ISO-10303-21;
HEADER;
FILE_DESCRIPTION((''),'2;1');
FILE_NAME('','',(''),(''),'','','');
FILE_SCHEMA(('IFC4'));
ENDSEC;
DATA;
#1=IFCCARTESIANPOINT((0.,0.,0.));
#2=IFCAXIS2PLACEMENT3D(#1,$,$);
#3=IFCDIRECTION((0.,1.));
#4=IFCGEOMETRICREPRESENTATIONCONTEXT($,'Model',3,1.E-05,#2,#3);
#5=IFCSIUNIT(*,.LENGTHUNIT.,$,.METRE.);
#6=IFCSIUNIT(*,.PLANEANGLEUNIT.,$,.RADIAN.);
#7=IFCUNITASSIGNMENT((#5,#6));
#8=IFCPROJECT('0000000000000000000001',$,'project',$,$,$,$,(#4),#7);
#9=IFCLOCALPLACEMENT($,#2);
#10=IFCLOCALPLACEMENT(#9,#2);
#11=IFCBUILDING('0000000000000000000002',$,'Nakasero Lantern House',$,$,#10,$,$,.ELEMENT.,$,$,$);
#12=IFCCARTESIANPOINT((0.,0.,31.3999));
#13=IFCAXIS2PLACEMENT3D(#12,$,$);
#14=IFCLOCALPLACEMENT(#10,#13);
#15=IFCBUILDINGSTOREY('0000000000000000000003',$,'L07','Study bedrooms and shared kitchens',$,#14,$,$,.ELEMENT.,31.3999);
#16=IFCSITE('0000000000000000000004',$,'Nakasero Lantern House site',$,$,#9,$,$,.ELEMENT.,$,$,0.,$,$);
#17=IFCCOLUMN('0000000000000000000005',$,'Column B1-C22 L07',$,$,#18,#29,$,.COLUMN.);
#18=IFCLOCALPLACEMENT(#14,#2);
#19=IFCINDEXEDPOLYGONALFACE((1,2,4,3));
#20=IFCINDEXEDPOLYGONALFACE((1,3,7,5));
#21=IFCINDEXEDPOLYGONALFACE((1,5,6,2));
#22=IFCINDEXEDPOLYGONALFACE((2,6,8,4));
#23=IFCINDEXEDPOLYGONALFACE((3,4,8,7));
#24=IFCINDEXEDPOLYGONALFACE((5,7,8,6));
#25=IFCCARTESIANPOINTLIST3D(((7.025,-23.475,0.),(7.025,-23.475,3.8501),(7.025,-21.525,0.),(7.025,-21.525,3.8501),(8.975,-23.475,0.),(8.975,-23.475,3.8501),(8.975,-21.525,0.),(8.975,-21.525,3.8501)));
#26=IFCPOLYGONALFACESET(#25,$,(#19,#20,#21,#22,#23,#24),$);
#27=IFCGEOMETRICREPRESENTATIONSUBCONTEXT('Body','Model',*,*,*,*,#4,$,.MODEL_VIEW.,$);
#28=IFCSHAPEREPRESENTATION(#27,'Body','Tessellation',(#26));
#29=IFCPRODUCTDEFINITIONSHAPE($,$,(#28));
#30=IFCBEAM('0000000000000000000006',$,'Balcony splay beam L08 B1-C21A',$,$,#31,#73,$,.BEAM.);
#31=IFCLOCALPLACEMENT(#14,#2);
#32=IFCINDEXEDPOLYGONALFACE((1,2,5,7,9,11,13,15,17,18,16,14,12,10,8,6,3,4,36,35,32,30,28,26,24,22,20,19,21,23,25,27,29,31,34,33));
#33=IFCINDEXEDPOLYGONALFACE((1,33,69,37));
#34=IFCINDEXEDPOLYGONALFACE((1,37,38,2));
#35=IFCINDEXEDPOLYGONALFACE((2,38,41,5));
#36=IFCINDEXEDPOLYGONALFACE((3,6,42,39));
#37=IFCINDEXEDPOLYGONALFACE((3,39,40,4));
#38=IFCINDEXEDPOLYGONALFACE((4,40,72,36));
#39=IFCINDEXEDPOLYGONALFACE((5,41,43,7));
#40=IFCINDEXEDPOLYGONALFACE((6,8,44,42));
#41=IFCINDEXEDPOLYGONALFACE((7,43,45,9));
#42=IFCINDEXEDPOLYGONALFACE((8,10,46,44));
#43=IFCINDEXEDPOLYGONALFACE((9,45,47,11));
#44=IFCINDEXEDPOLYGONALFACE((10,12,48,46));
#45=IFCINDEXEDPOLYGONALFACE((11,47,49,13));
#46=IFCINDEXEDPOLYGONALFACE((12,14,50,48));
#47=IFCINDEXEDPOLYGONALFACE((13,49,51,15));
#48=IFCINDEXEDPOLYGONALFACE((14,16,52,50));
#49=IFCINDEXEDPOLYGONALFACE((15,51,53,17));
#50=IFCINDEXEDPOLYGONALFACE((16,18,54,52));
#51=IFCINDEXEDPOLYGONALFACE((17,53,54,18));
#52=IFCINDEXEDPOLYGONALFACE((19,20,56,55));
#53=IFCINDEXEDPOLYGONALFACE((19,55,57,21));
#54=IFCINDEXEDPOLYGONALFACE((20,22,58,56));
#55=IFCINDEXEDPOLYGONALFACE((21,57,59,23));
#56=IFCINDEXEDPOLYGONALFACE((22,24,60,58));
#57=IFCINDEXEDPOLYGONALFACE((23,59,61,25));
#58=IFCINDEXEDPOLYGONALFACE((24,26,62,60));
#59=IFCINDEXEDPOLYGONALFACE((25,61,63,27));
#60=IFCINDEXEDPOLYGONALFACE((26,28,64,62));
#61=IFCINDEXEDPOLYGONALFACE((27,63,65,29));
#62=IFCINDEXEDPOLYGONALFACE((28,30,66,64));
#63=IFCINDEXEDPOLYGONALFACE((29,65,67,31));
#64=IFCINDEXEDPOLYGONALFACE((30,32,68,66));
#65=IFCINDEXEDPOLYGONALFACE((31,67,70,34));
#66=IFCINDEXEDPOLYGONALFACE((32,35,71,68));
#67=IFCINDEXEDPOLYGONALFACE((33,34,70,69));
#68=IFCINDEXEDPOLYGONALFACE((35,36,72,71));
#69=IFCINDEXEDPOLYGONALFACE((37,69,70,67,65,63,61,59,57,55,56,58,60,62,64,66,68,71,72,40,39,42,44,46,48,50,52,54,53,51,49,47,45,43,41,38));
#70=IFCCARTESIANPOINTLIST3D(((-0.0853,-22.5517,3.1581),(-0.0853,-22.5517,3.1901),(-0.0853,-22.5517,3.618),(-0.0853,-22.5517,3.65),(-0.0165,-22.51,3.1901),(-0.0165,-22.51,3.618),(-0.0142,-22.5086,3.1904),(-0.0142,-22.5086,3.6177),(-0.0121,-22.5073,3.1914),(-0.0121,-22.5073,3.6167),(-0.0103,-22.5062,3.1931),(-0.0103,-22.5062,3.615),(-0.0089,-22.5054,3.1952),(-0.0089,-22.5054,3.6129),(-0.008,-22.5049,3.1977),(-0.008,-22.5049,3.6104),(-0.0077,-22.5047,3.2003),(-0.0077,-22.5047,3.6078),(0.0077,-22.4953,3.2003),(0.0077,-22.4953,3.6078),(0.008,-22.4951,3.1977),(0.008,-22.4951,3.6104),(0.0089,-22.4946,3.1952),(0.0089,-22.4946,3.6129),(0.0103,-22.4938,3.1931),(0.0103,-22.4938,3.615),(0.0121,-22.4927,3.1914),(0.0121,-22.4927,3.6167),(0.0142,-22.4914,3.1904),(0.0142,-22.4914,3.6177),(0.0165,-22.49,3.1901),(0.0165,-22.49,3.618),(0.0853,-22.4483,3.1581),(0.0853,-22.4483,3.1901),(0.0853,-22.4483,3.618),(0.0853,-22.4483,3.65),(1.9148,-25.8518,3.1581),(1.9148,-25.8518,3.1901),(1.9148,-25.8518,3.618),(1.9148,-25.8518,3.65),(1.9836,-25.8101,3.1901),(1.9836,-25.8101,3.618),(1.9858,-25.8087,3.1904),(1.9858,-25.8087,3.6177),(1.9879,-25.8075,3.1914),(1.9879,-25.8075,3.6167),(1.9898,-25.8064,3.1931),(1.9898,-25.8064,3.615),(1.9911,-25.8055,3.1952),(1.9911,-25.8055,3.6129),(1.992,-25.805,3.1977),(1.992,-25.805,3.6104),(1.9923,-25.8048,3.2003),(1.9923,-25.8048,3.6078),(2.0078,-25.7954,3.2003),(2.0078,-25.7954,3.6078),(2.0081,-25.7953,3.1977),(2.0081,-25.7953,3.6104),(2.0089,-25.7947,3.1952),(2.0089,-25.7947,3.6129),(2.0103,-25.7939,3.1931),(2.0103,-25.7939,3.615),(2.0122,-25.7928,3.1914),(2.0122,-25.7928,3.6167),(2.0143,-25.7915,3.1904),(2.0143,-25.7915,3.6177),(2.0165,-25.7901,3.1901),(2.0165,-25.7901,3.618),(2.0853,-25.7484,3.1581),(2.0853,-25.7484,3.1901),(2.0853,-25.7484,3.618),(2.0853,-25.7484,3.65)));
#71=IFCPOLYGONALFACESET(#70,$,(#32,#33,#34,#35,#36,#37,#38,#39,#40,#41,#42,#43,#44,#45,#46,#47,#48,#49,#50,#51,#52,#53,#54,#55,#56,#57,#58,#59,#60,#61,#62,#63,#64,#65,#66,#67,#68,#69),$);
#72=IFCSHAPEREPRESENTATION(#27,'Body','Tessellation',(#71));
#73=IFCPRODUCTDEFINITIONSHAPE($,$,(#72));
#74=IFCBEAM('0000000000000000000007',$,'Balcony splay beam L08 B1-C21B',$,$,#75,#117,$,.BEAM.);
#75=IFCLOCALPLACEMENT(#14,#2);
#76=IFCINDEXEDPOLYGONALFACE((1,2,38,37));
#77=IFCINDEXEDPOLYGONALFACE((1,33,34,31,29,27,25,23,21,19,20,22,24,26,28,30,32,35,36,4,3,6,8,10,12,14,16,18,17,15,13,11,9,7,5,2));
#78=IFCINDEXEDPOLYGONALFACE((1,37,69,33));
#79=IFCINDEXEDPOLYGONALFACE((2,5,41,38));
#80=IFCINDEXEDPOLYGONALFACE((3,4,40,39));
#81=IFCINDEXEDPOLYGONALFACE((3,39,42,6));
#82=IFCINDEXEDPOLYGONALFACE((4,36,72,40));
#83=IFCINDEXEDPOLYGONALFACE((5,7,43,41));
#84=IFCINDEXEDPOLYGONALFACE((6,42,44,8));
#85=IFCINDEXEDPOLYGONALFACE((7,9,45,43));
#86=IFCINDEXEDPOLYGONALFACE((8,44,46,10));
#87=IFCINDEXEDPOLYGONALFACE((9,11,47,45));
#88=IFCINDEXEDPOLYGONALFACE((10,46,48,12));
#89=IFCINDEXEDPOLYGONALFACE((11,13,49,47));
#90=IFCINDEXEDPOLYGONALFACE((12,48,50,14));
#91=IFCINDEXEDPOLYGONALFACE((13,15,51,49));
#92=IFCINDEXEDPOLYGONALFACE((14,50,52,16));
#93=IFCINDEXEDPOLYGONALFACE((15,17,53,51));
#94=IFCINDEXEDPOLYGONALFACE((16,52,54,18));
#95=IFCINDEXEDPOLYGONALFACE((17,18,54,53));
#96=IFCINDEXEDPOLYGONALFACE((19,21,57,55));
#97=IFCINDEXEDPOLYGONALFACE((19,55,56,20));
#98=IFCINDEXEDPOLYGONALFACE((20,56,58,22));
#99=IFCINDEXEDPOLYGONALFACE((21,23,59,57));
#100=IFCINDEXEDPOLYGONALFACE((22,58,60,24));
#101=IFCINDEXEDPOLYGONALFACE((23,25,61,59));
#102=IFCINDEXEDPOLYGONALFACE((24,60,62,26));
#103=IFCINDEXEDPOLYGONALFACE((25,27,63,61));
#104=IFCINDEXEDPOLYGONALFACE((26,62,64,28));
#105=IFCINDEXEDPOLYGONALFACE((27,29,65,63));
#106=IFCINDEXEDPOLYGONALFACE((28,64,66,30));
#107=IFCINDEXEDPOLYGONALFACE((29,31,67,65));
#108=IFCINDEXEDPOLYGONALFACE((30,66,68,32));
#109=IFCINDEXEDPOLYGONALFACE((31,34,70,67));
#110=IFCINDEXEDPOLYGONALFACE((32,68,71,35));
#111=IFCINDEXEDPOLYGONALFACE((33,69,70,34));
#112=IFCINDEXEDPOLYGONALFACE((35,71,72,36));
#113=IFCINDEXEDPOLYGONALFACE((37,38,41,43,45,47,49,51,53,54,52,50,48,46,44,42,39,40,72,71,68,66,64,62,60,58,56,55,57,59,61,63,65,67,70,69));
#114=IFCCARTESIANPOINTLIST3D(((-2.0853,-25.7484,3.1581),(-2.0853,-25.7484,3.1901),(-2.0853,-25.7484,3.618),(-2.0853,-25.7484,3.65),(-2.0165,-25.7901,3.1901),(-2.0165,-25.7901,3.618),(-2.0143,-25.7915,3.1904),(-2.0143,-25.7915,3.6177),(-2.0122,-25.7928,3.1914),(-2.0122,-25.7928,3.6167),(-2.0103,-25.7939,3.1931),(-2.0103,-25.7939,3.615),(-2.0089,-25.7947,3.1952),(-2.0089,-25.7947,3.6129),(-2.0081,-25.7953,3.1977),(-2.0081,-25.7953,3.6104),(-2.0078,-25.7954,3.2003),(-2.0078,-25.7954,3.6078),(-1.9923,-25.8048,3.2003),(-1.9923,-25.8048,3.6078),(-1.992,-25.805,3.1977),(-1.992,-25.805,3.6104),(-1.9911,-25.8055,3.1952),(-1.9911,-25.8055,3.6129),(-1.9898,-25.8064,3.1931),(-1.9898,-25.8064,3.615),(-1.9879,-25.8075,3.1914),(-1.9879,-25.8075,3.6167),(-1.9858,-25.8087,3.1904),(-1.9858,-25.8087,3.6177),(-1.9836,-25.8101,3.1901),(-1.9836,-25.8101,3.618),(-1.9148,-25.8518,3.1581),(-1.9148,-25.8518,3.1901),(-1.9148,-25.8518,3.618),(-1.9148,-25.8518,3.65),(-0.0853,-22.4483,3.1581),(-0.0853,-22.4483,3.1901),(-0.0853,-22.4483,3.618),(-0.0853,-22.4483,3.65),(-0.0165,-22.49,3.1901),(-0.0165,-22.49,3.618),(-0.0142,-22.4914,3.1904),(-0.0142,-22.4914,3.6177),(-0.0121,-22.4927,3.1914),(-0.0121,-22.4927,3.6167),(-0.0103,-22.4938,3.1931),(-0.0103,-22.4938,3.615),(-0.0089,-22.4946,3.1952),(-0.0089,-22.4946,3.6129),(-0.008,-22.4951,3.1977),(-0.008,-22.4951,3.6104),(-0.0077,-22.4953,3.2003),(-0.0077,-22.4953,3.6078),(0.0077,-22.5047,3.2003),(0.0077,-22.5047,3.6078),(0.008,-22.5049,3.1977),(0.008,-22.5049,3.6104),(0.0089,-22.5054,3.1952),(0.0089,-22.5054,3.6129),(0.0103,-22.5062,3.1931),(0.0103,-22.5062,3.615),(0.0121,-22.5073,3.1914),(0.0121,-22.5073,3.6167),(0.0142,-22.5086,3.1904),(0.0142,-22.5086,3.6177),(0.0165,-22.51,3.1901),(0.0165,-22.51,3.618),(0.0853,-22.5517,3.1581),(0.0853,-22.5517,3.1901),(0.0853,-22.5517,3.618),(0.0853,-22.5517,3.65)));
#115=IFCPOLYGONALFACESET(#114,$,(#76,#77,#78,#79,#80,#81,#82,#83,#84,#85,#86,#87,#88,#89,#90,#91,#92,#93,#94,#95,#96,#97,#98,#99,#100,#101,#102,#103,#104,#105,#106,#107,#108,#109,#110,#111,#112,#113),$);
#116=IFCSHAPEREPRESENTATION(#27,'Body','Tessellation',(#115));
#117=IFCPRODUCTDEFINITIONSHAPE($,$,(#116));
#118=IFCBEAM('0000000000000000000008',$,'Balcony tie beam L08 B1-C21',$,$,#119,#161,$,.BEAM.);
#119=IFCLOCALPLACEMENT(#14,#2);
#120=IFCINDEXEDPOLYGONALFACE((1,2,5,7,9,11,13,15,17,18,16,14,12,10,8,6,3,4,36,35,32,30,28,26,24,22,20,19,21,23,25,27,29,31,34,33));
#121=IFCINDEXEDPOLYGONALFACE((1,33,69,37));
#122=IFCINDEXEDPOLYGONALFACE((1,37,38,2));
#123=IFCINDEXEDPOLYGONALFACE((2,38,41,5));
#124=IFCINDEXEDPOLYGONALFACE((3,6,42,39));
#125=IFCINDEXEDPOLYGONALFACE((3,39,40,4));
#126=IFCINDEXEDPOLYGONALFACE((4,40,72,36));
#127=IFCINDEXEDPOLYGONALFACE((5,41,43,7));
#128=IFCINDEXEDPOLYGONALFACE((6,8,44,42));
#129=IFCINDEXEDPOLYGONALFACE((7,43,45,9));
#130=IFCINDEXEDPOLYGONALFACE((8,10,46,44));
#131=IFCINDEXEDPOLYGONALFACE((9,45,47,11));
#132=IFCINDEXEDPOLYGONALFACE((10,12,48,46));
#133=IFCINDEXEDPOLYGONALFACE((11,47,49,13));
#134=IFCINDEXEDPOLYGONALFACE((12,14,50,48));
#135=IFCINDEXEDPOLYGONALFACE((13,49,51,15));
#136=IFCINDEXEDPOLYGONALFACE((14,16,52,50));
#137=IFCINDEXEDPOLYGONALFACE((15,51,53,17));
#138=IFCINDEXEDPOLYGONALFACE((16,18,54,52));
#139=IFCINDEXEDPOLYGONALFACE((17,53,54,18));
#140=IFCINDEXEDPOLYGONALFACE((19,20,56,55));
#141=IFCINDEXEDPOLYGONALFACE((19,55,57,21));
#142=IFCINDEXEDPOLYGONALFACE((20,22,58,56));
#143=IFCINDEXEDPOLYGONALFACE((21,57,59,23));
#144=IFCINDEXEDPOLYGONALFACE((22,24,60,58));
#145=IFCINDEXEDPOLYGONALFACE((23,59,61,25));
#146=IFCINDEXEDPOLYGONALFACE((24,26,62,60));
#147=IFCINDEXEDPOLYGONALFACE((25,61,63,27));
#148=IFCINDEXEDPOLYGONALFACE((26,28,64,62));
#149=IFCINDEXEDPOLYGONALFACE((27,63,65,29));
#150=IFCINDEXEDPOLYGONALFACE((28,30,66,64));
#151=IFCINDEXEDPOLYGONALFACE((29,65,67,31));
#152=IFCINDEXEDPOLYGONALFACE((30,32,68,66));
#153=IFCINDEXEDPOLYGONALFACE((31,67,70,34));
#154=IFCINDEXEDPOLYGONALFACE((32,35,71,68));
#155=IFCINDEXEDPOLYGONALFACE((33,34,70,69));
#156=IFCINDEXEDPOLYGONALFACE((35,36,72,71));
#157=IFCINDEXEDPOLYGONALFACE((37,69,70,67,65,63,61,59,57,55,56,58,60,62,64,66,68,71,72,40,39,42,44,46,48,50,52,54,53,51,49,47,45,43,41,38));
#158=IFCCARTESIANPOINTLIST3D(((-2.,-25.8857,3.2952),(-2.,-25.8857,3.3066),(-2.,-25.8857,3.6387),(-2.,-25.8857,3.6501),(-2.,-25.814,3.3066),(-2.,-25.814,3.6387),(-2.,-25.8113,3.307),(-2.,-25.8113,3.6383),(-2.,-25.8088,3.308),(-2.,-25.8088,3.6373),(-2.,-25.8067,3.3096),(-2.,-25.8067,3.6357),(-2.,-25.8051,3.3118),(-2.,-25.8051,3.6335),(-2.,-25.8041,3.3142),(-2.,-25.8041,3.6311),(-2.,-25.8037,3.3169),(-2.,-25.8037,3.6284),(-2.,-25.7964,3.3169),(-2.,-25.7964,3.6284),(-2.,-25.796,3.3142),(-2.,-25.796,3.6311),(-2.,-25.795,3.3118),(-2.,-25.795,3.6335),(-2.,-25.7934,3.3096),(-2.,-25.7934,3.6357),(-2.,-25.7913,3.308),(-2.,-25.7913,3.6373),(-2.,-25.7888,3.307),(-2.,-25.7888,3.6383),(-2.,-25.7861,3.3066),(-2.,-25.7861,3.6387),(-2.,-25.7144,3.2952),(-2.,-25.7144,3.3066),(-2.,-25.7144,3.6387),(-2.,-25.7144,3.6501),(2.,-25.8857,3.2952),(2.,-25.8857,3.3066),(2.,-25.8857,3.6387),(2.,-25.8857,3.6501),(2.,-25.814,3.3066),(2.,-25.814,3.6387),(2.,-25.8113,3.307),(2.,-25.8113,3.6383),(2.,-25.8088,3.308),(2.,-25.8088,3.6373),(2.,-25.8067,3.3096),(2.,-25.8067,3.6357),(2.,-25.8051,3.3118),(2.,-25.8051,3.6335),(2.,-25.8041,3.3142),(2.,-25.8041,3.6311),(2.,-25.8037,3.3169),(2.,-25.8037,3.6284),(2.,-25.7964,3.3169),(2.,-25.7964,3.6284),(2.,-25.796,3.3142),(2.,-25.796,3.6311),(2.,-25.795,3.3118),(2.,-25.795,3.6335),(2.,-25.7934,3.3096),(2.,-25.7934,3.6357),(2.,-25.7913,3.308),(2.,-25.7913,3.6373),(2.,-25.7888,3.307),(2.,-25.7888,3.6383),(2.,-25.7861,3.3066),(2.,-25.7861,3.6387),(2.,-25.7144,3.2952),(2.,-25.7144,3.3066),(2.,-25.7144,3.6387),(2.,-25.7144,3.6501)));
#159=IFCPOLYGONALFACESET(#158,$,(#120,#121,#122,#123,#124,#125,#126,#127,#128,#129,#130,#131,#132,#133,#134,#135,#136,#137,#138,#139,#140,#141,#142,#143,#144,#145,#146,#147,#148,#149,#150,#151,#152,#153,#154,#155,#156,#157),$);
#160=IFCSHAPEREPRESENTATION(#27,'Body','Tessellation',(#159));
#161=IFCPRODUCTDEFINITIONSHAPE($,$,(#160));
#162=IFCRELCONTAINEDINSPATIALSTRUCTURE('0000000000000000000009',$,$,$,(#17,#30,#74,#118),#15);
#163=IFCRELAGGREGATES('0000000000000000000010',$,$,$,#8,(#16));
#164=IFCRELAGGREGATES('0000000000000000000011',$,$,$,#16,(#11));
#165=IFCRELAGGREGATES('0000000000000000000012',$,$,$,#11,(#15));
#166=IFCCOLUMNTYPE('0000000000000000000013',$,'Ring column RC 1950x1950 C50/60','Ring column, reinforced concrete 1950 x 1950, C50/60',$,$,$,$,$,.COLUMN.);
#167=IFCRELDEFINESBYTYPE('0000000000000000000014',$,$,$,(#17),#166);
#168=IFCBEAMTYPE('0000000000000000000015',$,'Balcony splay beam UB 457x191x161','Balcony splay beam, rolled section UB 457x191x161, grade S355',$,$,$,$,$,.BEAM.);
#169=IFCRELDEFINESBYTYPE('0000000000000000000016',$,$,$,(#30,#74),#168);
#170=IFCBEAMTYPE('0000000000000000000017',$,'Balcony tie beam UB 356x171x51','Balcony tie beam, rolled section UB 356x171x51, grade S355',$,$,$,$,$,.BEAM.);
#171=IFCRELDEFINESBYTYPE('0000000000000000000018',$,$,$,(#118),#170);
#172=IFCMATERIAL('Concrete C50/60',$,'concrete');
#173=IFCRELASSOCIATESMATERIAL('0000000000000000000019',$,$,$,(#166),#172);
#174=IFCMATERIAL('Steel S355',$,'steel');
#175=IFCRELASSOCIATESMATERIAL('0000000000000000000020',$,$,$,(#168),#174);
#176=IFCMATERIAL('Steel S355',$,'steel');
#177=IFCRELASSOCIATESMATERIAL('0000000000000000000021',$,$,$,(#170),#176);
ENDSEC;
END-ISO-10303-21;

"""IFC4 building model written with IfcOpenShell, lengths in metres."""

from ifc_helpers import new_model, si_unit, direction, frame, origin, origin_2d, place, context, subcontext, project, spatial, rectangle, i_section, extrude, material, material_profile, profile_set, type_object, element, save


model = new_model("IFC4")

# Units and contexts
model_context = context("Model", 3, precision=1e-05, world=origin(), true_north=direction((0.0, 1.0)))
body_context = subcontext(model_context, "Body", "Model", "MODEL_VIEW")
ifc_project = project(units=[si_unit("LENGTHUNIT", "METRE"), si_unit("PLANEANGLEUNIT", "RADIAN")], contexts=[model_context])

# Site, building, storey
site_placement = place(None, origin())
site = spatial("IfcSite", under=ifc_project, at=site_placement, Name="Nakasero Lantern House site", CompositionType="ELEMENT", RefElevation=0.0)
building_placement = place(site_placement, origin())
building = spatial("IfcBuilding", under=site, at=building_placement, Name="Nakasero Lantern House", CompositionType="ELEMENT")
storey_placement = place(building_placement, frame((0.0, 0.0, 31.3999)))
storey = spatial("IfcBuildingStorey", under=building, at=storey_placement, Name="L07", Description="Study bedrooms and shared kitchens", CompositionType="ELEMENT", Elevation=31.3999)

# Column
ifc_material_1 = material(Name="Concrete C50/60", Category="concrete")
ifc_material_profile_1 = material_profile(ifc_material_1, rectangle(XDim=1.95, YDim=1.95, at=origin_2d()), Name="RC 1950x1950")
ifc_profile_set_1 = profile_set([ifc_material_profile_1], Name="Concrete C50/60")
column_type = type_object("IfcColumnType", Name="Ring column RC 1950x1950 C50/60", Description="Ring column, reinforced concrete 1950 x 1950, C50/60", PredefinedType="COLUMN", material=ifc_profile_set_1)
column_placement = place(storey_placement, frame((8.0, -22.5, 0.0), z_axis=(0.0, 0.0, 1.0), x_axis=(1.0, 0.0, 0.0)))
element("IfcColumn", 1, at=column_placement, inside=storey, type_object=column_type, Name="Column B1-C22 L07", PredefinedType="COLUMN", context=body_context, shape_type="SweptSolid", body=[
    extrude(rectangle(XDim=1.95, YDim=1.95, at=origin_2d()), origin(), (0.0, 0.0, 1.0), 3.8501),
])

# Beams
ifc_material_2 = material(Name="Steel S355", Category="steel")
ifc_material_profile_2 = material_profile(ifc_material_2, i_section(OverallWidth=0.1995, OverallDepth=0.4919, WebThickness=0.0181, FlangeThickness=0.032, FilletRadius=0.0103, at=origin_2d()), Name="UB 457x191x161")
ifc_profile_set_2 = profile_set([ifc_material_profile_2], Name="Steel S355")
beam_type_1 = type_object("IfcBeamType", Name="Balcony splay beam UB 457x191x161", Description="Balcony splay beam, rolled section UB 457x191x161, grade S355", PredefinedType="BEAM", material=ifc_profile_set_2)
for number, where, z_axis, x_axis, name in (
    (2, (0.0, -22.5, 3.4041), (0.518296, -0.855201, 0.0), (0.855201, 0.518296, 0.0), "Balcony splay beam L08 B1-C21A"),
    (3, (0.0, -22.5, 3.4041), (-0.518296, -0.855201, 0.0), (0.855201, -0.518296, 0.0), "Balcony splay beam L08 B1-C21B"),
):
    element("IfcBeam", number, at=place(storey_placement, frame(where, z_axis=z_axis, x_axis=x_axis)), inside=storey, type_object=beam_type_1, Name=name, PredefinedType="BEAM", context=body_context, shape_type="SweptSolid", body=[
        extrude(i_section(OverallWidth=0.1995, OverallDepth=0.4919, WebThickness=0.0181, FlangeThickness=0.032, FilletRadius=0.0103, at=origin_2d()), origin(), (0.0, 0.0, 1.0), 3.8589),
    ])
ifc_material_3 = material(Name="Steel S355", Category="steel")
ifc_material_profile_3 = material_profile(ifc_material_3, i_section(OverallWidth=0.1714, OverallDepth=0.355, WebThickness=0.0073, FlangeThickness=0.0115, FilletRadius=0.0103, at=origin_2d()), Name="UB 356x171x51")
ifc_profile_set_3 = profile_set([ifc_material_profile_3], Name="Steel S355")
beam_type_2 = type_object("IfcBeamType", Name="Balcony tie beam UB 356x171x51", Description="Balcony tie beam, rolled section UB 356x171x51, grade S355", PredefinedType="BEAM", material=ifc_profile_set_3)
beam_1_placement = place(storey_placement, frame((2.0, -25.8, 3.4727), z_axis=(-1.0, 0.0, 0.0), x_axis=(0.0, -1.0, 0.0)))
element("IfcBeam", 4, at=beam_1_placement, inside=storey, type_object=beam_type_2, Name="Balcony tie beam L08 B1-C21", PredefinedType="BEAM", context=body_context, shape_type="SweptSolid", body=[
    extrude(i_section(OverallWidth=0.1714, OverallDepth=0.355, WebThickness=0.0073, FlangeThickness=0.0115, FilletRadius=0.0103, at=origin_2d()), origin(), (0.0, 0.0, 1.0), 4.0),
])

save(model, "model.ifc")
